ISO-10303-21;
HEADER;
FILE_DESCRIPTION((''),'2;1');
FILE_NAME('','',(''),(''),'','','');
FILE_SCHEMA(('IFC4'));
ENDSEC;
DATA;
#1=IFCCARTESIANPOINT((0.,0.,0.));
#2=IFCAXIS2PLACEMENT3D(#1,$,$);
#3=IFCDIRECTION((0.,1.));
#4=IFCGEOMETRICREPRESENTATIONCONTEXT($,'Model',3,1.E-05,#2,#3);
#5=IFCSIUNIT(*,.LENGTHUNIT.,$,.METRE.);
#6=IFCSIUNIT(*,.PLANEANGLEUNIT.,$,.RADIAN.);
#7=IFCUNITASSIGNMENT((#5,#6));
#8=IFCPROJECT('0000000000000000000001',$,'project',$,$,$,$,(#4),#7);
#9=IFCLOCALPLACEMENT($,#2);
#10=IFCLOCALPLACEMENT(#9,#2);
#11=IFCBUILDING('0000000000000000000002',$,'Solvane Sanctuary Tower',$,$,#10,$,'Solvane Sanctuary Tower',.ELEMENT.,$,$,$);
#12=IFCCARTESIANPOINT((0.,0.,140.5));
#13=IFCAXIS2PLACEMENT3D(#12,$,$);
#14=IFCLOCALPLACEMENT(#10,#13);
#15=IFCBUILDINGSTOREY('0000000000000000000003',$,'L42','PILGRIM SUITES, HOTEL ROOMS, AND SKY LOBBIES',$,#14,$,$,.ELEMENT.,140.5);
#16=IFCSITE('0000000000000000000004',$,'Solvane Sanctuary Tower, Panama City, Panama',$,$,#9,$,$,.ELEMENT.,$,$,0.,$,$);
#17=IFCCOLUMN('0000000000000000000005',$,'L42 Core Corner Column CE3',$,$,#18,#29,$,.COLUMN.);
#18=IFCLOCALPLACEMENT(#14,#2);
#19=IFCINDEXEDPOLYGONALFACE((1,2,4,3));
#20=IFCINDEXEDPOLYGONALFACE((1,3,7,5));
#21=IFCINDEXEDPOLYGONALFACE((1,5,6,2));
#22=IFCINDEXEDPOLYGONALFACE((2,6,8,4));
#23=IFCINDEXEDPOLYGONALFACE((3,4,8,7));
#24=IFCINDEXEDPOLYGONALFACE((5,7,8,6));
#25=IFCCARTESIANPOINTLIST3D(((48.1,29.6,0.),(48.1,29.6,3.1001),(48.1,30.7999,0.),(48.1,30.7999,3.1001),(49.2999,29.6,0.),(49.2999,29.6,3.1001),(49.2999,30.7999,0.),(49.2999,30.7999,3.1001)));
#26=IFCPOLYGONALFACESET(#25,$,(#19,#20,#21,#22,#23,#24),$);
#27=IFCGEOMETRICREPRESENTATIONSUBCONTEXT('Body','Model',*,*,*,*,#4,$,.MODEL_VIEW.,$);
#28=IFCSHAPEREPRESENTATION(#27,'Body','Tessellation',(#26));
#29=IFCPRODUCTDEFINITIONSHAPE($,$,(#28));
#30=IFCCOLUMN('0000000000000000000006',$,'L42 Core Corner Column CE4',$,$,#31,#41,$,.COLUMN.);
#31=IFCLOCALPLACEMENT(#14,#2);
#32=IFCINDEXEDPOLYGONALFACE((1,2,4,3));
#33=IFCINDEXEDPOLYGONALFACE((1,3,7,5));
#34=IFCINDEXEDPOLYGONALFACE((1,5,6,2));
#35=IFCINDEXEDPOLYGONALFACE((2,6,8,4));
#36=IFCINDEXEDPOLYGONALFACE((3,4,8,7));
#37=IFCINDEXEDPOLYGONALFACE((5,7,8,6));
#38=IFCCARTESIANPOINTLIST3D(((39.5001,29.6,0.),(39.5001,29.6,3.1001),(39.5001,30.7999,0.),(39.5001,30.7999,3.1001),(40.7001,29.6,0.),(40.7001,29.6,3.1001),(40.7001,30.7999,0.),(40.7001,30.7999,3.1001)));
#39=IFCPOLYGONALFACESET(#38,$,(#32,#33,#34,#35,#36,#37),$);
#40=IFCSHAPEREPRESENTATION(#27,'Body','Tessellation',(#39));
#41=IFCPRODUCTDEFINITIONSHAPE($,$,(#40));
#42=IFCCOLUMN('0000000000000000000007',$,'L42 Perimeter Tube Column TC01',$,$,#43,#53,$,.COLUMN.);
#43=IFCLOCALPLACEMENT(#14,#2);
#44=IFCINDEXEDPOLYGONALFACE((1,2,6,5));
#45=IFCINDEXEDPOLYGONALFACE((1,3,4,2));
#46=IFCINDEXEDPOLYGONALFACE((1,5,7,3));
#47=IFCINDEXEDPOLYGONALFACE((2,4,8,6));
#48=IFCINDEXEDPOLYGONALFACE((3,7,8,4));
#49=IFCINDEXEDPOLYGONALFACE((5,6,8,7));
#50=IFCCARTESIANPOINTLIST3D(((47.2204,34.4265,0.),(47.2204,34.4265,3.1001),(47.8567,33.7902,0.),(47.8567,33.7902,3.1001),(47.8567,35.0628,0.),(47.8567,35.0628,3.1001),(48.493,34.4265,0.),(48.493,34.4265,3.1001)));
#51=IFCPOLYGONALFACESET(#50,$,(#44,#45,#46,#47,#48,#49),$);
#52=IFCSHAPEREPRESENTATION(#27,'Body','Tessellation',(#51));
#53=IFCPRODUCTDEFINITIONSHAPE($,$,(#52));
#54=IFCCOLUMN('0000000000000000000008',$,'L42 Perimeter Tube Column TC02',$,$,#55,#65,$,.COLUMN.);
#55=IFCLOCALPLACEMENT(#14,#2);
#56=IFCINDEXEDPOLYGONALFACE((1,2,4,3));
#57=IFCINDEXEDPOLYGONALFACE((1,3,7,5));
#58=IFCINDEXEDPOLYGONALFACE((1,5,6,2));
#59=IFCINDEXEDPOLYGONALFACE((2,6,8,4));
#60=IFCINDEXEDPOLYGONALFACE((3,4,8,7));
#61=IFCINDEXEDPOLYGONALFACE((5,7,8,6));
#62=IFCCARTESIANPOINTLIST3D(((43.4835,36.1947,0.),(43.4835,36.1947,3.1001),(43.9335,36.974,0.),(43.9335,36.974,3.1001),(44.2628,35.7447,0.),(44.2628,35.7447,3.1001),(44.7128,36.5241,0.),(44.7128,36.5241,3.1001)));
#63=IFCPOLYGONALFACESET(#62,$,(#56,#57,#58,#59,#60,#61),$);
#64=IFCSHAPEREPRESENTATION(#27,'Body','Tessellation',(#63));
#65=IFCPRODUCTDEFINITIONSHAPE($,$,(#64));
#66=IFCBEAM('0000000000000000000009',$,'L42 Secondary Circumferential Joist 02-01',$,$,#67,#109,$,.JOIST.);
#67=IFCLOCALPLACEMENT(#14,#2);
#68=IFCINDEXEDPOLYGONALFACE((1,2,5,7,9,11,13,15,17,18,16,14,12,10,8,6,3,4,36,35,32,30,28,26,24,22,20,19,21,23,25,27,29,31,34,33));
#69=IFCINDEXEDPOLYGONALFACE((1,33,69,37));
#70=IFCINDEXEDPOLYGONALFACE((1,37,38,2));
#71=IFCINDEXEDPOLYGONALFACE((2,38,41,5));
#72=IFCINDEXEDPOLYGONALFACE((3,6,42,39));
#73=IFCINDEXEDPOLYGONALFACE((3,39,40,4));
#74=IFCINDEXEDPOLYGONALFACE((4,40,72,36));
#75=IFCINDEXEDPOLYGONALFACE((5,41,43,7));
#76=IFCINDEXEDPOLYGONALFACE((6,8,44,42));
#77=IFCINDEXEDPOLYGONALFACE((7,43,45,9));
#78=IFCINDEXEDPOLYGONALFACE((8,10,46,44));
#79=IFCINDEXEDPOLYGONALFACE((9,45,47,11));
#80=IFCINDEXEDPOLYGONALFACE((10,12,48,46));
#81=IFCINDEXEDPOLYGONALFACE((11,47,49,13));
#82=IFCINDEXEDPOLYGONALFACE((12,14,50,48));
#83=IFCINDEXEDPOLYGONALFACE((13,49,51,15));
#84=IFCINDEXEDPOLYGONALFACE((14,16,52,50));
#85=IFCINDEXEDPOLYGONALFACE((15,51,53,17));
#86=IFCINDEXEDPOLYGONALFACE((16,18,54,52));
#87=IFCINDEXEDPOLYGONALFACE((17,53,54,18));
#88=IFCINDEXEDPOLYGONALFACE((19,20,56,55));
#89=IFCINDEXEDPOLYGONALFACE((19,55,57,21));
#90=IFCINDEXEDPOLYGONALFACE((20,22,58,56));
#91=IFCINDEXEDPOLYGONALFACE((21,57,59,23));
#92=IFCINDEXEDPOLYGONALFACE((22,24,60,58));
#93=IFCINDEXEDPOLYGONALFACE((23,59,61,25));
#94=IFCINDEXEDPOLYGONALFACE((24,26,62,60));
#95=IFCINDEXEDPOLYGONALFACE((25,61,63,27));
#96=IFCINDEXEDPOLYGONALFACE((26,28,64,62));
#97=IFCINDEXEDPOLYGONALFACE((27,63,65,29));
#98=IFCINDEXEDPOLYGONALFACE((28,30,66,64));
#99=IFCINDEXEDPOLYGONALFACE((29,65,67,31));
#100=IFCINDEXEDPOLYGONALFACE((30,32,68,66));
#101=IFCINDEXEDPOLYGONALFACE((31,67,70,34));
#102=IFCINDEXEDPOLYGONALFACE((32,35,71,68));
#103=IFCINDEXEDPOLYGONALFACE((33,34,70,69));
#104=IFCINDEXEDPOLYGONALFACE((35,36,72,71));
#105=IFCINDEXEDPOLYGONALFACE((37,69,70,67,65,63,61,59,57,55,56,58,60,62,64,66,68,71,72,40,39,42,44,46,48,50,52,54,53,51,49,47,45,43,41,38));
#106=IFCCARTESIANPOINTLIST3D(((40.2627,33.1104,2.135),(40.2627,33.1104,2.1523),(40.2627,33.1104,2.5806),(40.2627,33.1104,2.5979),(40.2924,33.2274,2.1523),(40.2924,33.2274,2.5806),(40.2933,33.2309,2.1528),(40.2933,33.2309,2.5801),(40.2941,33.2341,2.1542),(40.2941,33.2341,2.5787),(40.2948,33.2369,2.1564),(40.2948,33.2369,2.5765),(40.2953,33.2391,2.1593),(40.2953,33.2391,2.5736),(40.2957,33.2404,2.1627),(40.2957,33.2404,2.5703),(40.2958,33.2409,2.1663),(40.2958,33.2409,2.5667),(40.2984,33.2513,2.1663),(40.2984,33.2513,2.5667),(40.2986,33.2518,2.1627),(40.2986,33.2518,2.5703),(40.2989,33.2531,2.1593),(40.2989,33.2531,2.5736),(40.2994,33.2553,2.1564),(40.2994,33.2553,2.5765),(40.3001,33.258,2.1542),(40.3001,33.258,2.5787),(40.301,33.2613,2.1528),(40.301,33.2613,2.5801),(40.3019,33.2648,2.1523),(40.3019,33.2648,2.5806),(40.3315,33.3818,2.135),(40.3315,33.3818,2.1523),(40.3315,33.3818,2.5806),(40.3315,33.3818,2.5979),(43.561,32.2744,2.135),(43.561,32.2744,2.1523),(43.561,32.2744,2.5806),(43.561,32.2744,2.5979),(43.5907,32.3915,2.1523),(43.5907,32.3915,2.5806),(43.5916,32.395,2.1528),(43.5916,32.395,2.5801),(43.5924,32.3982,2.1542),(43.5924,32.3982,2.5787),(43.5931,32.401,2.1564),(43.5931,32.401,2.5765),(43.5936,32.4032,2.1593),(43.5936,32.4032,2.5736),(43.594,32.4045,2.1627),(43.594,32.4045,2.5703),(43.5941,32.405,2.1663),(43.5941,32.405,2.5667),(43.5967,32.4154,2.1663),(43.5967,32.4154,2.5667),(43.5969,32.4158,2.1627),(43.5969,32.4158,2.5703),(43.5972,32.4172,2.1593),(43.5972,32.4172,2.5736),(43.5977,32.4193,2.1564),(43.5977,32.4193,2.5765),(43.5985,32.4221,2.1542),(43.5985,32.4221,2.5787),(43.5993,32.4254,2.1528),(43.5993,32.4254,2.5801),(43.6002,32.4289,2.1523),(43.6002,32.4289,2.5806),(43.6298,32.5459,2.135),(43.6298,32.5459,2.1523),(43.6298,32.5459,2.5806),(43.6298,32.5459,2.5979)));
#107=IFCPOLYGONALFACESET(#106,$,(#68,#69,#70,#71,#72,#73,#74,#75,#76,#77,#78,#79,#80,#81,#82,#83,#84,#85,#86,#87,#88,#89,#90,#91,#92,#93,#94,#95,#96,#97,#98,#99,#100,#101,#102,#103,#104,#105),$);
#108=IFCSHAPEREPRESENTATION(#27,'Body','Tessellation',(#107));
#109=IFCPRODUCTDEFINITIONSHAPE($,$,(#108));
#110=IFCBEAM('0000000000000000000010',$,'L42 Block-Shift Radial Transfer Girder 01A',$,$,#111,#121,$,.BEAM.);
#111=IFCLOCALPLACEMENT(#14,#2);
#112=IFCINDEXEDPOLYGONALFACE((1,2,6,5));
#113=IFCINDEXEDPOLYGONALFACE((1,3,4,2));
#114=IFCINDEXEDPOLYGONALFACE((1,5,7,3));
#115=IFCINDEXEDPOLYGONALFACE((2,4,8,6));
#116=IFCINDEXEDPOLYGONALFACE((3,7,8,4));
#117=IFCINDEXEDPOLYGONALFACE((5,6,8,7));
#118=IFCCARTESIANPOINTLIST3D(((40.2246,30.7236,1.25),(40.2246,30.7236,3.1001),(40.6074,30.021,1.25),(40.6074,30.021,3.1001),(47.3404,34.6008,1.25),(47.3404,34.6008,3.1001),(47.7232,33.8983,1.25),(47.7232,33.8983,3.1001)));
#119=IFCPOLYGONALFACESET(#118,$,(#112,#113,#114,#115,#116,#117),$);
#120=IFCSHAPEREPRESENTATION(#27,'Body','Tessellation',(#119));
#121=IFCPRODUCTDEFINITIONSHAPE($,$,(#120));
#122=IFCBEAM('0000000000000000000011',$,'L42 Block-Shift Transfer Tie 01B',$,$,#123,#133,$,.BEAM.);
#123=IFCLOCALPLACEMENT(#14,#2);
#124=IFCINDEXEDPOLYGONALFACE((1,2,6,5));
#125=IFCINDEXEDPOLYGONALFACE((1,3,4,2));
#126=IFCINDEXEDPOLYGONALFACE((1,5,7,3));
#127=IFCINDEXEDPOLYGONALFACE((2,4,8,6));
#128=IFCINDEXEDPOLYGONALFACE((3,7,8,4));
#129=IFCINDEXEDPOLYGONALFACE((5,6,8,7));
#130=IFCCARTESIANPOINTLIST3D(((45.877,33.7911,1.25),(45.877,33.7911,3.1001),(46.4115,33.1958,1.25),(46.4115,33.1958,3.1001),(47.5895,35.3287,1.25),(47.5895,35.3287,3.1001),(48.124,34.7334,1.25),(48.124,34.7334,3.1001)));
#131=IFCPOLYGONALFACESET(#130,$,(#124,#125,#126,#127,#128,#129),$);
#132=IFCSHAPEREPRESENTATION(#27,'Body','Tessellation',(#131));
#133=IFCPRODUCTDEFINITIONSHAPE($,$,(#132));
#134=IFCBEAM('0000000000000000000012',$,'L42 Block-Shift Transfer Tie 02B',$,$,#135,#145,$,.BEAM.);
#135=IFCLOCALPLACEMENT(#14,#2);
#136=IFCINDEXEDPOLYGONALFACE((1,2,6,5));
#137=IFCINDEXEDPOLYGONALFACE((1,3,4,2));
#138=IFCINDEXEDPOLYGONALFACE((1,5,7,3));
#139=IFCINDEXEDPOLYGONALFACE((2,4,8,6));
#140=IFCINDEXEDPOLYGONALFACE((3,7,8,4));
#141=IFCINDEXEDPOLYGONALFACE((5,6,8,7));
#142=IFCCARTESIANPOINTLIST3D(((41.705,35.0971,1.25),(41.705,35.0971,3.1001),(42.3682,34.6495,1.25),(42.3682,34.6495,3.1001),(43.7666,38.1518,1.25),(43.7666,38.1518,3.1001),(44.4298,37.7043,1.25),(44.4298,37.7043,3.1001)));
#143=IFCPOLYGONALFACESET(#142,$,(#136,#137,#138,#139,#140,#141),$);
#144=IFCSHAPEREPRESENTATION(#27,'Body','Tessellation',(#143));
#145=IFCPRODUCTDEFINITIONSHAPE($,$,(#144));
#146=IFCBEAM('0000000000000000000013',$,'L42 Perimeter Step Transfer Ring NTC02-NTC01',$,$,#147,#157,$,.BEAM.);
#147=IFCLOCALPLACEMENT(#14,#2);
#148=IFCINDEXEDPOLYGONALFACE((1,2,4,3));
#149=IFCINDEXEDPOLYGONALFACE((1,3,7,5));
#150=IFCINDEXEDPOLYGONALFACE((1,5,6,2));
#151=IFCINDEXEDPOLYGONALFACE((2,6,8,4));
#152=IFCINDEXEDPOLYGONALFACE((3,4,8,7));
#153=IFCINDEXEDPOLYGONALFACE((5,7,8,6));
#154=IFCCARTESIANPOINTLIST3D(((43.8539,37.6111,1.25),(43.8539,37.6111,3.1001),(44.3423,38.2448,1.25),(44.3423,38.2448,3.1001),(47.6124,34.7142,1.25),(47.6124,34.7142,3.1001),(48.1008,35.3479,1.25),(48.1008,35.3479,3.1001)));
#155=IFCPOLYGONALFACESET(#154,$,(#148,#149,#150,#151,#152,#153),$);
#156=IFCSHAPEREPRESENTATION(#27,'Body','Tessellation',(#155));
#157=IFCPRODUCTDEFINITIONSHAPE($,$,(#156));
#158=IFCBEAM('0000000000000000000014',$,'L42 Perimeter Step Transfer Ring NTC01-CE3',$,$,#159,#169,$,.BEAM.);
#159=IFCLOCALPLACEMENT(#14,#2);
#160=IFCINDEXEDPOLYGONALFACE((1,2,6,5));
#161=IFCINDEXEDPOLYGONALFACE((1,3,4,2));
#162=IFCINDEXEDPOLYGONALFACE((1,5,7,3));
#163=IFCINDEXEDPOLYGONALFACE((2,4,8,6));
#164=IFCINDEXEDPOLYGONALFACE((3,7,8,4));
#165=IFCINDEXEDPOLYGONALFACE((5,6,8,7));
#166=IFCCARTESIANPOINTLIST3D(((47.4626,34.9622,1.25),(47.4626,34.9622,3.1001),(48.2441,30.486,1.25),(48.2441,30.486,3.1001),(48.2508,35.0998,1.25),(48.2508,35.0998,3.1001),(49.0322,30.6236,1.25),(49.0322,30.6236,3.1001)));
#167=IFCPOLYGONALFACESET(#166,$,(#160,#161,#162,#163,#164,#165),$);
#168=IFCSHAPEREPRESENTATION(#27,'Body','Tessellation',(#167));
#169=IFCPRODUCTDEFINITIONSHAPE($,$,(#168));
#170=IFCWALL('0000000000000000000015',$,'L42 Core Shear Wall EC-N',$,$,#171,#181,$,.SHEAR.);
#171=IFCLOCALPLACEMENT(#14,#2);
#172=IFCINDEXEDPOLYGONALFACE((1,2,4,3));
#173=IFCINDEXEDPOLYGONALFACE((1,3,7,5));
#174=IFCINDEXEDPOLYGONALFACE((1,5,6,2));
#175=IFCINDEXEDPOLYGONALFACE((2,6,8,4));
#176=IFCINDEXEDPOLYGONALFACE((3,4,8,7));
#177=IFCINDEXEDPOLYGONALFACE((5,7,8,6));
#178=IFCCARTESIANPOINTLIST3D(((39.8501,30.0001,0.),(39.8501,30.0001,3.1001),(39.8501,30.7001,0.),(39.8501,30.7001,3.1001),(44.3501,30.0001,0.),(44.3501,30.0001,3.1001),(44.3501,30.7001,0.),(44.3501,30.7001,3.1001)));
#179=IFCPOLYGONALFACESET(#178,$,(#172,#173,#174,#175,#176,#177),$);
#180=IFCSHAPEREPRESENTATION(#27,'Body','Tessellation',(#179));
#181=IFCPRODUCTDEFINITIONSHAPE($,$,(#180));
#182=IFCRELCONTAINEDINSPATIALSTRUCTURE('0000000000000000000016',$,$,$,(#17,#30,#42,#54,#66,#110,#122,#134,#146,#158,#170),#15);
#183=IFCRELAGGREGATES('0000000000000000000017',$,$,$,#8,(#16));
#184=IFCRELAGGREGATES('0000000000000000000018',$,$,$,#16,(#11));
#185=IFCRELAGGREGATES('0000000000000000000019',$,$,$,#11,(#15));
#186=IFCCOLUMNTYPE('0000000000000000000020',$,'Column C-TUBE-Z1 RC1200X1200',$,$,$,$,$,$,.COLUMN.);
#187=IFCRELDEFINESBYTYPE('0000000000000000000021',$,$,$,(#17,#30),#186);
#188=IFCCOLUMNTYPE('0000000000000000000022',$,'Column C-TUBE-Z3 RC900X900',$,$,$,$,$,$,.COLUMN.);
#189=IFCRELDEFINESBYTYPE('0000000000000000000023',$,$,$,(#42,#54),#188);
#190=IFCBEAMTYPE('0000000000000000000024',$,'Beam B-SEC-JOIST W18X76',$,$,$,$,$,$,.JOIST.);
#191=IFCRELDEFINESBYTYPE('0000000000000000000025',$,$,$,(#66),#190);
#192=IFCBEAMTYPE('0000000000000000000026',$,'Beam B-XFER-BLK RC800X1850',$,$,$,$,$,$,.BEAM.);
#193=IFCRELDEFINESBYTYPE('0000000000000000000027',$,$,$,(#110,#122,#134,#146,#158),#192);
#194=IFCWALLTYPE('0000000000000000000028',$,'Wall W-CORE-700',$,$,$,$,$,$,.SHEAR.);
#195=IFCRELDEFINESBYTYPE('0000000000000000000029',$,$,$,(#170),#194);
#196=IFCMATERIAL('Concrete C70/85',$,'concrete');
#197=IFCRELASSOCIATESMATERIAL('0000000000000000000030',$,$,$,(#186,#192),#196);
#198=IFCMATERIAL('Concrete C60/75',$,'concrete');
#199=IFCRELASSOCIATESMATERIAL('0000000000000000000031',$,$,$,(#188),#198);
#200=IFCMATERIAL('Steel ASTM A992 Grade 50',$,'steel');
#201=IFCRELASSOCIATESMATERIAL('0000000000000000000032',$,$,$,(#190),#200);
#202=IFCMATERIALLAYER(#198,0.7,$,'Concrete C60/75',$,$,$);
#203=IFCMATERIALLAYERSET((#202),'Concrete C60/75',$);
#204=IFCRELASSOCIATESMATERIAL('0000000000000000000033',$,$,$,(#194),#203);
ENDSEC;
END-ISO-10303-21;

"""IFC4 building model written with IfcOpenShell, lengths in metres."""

from ifc_helpers import new_model, si_unit, direction, frame, frame_2d, origin, origin_2d, place, context, subcontext, project, spatial, rectangle, i_section, extrude, material, layer, layer_set, material_profile, profile_set, type_object, element, save


model = new_model("IFC4")

# Units and contexts
model_context = context("Model", 3, precision=1e-05, world=origin(), true_north=direction((0.0, 1.0)))
body_context = subcontext(model_context, "Body", "Model", "MODEL_VIEW")
ifc_project = project(units=[si_unit("LENGTHUNIT", "METRE"), si_unit("PLANEANGLEUNIT", "RADIAN")], contexts=[model_context])

# Site, building, storey
site_placement = place(None, origin())
site = spatial("IfcSite", under=ifc_project, at=site_placement, Name="Solvane Sanctuary Tower, Panama City, Panama", CompositionType="ELEMENT", RefElevation=0.0)
building_placement = place(site_placement, origin())
building = spatial("IfcBuilding", under=site, at=building_placement, Name="Solvane Sanctuary Tower", LongName="Solvane Sanctuary Tower", CompositionType="ELEMENT")
storey_placement = place(building_placement, frame((0.0, 0.0, 140.5)))
storey = spatial("IfcBuildingStorey", under=building, at=storey_placement, Name="L42", Description="PILGRIM SUITES, HOTEL ROOMS, AND SKY LOBBIES", CompositionType="ELEMENT", Elevation=140.5)

# Columns
ifc_material_1 = material(Name="Concrete C70/85", Category="concrete")
ifc_material_profile_1 = material_profile(ifc_material_1, rectangle(XDim=1.2, YDim=1.2, at=origin_2d()), Name="RC1200X1200")
ifc_profile_set_1 = profile_set([ifc_material_profile_1], Name="Concrete C70/85")
column_type_1 = type_object("IfcColumnType", Name="Column C-TUBE-Z1 RC1200X1200", PredefinedType="COLUMN", material=ifc_profile_set_1)
for number, where, z_axis, x_axis, name in (
    (1, (48.7, 30.2, 0.0), (0.0, 0.0, 1.0), (1.0, 0.0, 0.0), "L42 Core Corner Column CE3"),
    (2, (40.1001, 30.2, 0.0), (0.0, 0.0, 1.0), (1.0, 0.0, 0.0), "L42 Core Corner Column CE4"),
):
    element("IfcColumn", number, at=place(storey_placement, frame(where, z_axis=z_axis, x_axis=x_axis)), inside=storey, type_object=column_type_1, Name=name, PredefinedType="COLUMN", context=body_context, shape_type="SweptSolid", body=[
        extrude(rectangle(XDim=1.2, YDim=1.2, at=origin_2d()), origin(), (0.0, 0.0, 1.0), 3.1001),
    ])
ifc_material_2 = material(Name="Concrete C60/75", Category="concrete")
ifc_material_profile_2 = material_profile(ifc_material_2, rectangle(XDim=0.8999, YDim=0.8999, at=origin_2d()), Name="RC900X900")
ifc_profile_set_2 = profile_set([ifc_material_profile_2], Name="Concrete C60/75")
column_type_2 = type_object("IfcColumnType", Name="Column C-TUBE-Z3 RC900X900", PredefinedType="COLUMN", material=ifc_profile_set_2)
for number, where, z_axis, x_axis, name in (
    (3, (47.8567, 34.4265, 0.0), (0.0, 0.0, 1.0), (0.707107, 0.707107, 0.0), "L42 Perimeter Tube Column TC01"),
    (4, (44.0981, 36.3594, 0.0), (0.0, 0.0, 1.0), (0.5, 0.866025, 0.0), "L42 Perimeter Tube Column TC02"),
):
    element("IfcColumn", number, at=place(storey_placement, frame(where, z_axis=z_axis, x_axis=x_axis)), inside=storey, type_object=column_type_2, Name=name, PredefinedType="COLUMN", context=body_context, shape_type="SweptSolid", body=[
        extrude(rectangle(XDim=0.8999, YDim=0.8999, at=origin_2d()), origin(), (0.0, 0.0, 1.0), 3.1001),
    ])

# Beams
ifc_material_3 = material(Name="Steel ASTM A992 Grade 50", Category="steel")
ifc_material_profile_3 = material_profile(ifc_material_3, i_section(OverallWidth=0.28, OverallDepth=0.4629, WebThickness=0.0107, FlangeThickness=0.0173, FilletRadius=0.0139, at=origin_2d()), Name="W18X76")
ifc_profile_set_3 = profile_set([ifc_material_profile_3], Name="Steel ASTM A992 Grade 50")
beam_type_1 = type_object("IfcBeamType", Name="Beam B-SEC-JOIST W18X76", PredefinedType="JOIST", material=ifc_profile_set_3)
beam_1_placement = place(storey_placement, frame((40.2971, 33.2461, 2.3665), z_axis=(0.969352, -0.245675, 0.0), x_axis=(0.245675, 0.969352, 0.0)))
element("IfcBeam", 5, at=beam_1_placement, inside=storey, type_object=beam_type_1, Name="L42 Secondary Circumferential Joist 02-01", PredefinedType="JOIST", context=body_context, shape_type="SweptSolid", body=[
    extrude(i_section(OverallWidth=0.28, OverallDepth=0.4629, WebThickness=0.0107, FlangeThickness=0.0173, FilletRadius=0.0139, at=origin_2d()), origin(), (0.0, 0.0, 1.0), 3.4026),
])
ifc_material_profile_4 = material_profile(ifc_material_1, rectangle(XDim=0.8, YDim=1.8501, at=origin_2d()), Name="RC800X1850")
ifc_profile_set_4 = profile_set([ifc_material_profile_4], Name="Concrete C70/85")
beam_type_2 = type_object("IfcBeamType", Name="Beam B-XFER-BLK RC800X1850", PredefinedType="BEAM", material=ifc_profile_set_4)
beam_2_placement = place(storey_placement, frame((40.416, 30.3723, 2.175), z_axis=(0.878108, 0.478462, 0.0), x_axis=(-0.478462, 0.878108, 0.0)))
element("IfcBeam", 6, at=beam_2_placement, inside=storey, type_object=beam_type_2, Name="L42 Block-Shift Radial Transfer Girder 01A", PredefinedType="BEAM", context=body_context, shape_type="SweptSolid", body=[
    extrude(rectangle(XDim=0.8, YDim=1.8501, at=origin_2d()), origin(), (0.0, 0.0, 1.0), 8.1035),
])
beam_3_placement = place(storey_placement, frame((46.1443, 33.4934, 2.175), z_axis=(0.744064, 0.668109, 0.0), x_axis=(-0.668109, 0.744064, 0.0)))
element("IfcBeam", 7, at=beam_3_placement, inside=storey, type_object=beam_type_2, Name="L42 Block-Shift Transfer Tie 01B", PredefinedType="BEAM", context=body_context, shape_type="SweptSolid", body=[
    extrude(rectangle(XDim=0.8, YDim=1.8501, at=origin_2d()), origin(), (0.0, 0.0, 1.0), 2.3015),
])
beam_4_placement = place(storey_placement, frame((42.0366, 34.8733, 2.175), z_axis=(0.5594, 0.828898, 0.0), x_axis=(-0.828898, 0.5594, 0.0)))
element("IfcBeam", 8, at=beam_4_placement, inside=storey, type_object=beam_type_2, Name="L42 Block-Shift Transfer Tie 02B", PredefinedType="BEAM", context=body_context, shape_type="SweptSolid", body=[
    extrude(rectangle(XDim=0.8, YDim=1.8501, at=origin_2d()), origin(), (0.0, 0.0, 1.0), 3.6853),
])
beam_5_placement = place(storey_placement, frame((44.0981, 37.928, 2.175), z_axis=(0.792035, -0.610476, 0.0), x_axis=(0.610476, 0.792035, 0.0)))
element("IfcBeam", 9, at=beam_5_placement, inside=storey, type_object=beam_type_2, Name="L42 Perimeter Step Transfer Ring NTC02-NTC01", PredefinedType="BEAM", context=body_context, shape_type="SweptSolid", body=[
    extrude(rectangle(XDim=0.8, YDim=1.8501, at=origin_2d()), origin(), (0.0, 0.0, 1.0), 4.7454),
])
beam_6_placement = place(storey_placement, frame((47.8567, 35.031, 2.175), z_axis=(0.171983, -0.9851, 0.0), x_axis=(0.9851, 0.171983, 0.0)))
element("IfcBeam", 10, at=beam_6_placement, inside=storey, type_object=beam_type_2, Name="L42 Perimeter Step Transfer Ring NTC01-CE3", PredefinedType="BEAM", context=body_context, shape_type="SweptSolid", body=[
    extrude(rectangle(XDim=0.8, YDim=1.8501, at=origin_2d()), origin(), (0.0, 0.0, 1.0), 4.5439),
])

# Wall
ifc_layer_1 = layer(ifc_material_2, 0.7, Name="Concrete C60/75")
ifc_layer_set_1 = layer_set([ifc_layer_1], Name="Concrete C60/75")
wall_type_1 = type_object("IfcWallType", Name="Wall W-CORE-700", PredefinedType="SHEAR", material=ifc_layer_set_1)
wall_1_placement = place(storey_placement, frame((39.8501, 30.3501, 0.0), z_axis=(0.0, 0.0, 1.0), x_axis=(1.0, 0.0, 0.0)))
element("IfcWall", 11, at=wall_1_placement, inside=storey, type_object=wall_type_1, Name="L42 Core Shear Wall EC-N", PredefinedType="SHEAR", context=body_context, shape_type="SweptSolid", body=[
    extrude(rectangle(XDim=4.5, YDim=0.7, at=frame_2d((2.25, 0.0))), origin(), (0.0, 0.0, 1.0), 3.1001),
])

save(model, "model.ifc")
